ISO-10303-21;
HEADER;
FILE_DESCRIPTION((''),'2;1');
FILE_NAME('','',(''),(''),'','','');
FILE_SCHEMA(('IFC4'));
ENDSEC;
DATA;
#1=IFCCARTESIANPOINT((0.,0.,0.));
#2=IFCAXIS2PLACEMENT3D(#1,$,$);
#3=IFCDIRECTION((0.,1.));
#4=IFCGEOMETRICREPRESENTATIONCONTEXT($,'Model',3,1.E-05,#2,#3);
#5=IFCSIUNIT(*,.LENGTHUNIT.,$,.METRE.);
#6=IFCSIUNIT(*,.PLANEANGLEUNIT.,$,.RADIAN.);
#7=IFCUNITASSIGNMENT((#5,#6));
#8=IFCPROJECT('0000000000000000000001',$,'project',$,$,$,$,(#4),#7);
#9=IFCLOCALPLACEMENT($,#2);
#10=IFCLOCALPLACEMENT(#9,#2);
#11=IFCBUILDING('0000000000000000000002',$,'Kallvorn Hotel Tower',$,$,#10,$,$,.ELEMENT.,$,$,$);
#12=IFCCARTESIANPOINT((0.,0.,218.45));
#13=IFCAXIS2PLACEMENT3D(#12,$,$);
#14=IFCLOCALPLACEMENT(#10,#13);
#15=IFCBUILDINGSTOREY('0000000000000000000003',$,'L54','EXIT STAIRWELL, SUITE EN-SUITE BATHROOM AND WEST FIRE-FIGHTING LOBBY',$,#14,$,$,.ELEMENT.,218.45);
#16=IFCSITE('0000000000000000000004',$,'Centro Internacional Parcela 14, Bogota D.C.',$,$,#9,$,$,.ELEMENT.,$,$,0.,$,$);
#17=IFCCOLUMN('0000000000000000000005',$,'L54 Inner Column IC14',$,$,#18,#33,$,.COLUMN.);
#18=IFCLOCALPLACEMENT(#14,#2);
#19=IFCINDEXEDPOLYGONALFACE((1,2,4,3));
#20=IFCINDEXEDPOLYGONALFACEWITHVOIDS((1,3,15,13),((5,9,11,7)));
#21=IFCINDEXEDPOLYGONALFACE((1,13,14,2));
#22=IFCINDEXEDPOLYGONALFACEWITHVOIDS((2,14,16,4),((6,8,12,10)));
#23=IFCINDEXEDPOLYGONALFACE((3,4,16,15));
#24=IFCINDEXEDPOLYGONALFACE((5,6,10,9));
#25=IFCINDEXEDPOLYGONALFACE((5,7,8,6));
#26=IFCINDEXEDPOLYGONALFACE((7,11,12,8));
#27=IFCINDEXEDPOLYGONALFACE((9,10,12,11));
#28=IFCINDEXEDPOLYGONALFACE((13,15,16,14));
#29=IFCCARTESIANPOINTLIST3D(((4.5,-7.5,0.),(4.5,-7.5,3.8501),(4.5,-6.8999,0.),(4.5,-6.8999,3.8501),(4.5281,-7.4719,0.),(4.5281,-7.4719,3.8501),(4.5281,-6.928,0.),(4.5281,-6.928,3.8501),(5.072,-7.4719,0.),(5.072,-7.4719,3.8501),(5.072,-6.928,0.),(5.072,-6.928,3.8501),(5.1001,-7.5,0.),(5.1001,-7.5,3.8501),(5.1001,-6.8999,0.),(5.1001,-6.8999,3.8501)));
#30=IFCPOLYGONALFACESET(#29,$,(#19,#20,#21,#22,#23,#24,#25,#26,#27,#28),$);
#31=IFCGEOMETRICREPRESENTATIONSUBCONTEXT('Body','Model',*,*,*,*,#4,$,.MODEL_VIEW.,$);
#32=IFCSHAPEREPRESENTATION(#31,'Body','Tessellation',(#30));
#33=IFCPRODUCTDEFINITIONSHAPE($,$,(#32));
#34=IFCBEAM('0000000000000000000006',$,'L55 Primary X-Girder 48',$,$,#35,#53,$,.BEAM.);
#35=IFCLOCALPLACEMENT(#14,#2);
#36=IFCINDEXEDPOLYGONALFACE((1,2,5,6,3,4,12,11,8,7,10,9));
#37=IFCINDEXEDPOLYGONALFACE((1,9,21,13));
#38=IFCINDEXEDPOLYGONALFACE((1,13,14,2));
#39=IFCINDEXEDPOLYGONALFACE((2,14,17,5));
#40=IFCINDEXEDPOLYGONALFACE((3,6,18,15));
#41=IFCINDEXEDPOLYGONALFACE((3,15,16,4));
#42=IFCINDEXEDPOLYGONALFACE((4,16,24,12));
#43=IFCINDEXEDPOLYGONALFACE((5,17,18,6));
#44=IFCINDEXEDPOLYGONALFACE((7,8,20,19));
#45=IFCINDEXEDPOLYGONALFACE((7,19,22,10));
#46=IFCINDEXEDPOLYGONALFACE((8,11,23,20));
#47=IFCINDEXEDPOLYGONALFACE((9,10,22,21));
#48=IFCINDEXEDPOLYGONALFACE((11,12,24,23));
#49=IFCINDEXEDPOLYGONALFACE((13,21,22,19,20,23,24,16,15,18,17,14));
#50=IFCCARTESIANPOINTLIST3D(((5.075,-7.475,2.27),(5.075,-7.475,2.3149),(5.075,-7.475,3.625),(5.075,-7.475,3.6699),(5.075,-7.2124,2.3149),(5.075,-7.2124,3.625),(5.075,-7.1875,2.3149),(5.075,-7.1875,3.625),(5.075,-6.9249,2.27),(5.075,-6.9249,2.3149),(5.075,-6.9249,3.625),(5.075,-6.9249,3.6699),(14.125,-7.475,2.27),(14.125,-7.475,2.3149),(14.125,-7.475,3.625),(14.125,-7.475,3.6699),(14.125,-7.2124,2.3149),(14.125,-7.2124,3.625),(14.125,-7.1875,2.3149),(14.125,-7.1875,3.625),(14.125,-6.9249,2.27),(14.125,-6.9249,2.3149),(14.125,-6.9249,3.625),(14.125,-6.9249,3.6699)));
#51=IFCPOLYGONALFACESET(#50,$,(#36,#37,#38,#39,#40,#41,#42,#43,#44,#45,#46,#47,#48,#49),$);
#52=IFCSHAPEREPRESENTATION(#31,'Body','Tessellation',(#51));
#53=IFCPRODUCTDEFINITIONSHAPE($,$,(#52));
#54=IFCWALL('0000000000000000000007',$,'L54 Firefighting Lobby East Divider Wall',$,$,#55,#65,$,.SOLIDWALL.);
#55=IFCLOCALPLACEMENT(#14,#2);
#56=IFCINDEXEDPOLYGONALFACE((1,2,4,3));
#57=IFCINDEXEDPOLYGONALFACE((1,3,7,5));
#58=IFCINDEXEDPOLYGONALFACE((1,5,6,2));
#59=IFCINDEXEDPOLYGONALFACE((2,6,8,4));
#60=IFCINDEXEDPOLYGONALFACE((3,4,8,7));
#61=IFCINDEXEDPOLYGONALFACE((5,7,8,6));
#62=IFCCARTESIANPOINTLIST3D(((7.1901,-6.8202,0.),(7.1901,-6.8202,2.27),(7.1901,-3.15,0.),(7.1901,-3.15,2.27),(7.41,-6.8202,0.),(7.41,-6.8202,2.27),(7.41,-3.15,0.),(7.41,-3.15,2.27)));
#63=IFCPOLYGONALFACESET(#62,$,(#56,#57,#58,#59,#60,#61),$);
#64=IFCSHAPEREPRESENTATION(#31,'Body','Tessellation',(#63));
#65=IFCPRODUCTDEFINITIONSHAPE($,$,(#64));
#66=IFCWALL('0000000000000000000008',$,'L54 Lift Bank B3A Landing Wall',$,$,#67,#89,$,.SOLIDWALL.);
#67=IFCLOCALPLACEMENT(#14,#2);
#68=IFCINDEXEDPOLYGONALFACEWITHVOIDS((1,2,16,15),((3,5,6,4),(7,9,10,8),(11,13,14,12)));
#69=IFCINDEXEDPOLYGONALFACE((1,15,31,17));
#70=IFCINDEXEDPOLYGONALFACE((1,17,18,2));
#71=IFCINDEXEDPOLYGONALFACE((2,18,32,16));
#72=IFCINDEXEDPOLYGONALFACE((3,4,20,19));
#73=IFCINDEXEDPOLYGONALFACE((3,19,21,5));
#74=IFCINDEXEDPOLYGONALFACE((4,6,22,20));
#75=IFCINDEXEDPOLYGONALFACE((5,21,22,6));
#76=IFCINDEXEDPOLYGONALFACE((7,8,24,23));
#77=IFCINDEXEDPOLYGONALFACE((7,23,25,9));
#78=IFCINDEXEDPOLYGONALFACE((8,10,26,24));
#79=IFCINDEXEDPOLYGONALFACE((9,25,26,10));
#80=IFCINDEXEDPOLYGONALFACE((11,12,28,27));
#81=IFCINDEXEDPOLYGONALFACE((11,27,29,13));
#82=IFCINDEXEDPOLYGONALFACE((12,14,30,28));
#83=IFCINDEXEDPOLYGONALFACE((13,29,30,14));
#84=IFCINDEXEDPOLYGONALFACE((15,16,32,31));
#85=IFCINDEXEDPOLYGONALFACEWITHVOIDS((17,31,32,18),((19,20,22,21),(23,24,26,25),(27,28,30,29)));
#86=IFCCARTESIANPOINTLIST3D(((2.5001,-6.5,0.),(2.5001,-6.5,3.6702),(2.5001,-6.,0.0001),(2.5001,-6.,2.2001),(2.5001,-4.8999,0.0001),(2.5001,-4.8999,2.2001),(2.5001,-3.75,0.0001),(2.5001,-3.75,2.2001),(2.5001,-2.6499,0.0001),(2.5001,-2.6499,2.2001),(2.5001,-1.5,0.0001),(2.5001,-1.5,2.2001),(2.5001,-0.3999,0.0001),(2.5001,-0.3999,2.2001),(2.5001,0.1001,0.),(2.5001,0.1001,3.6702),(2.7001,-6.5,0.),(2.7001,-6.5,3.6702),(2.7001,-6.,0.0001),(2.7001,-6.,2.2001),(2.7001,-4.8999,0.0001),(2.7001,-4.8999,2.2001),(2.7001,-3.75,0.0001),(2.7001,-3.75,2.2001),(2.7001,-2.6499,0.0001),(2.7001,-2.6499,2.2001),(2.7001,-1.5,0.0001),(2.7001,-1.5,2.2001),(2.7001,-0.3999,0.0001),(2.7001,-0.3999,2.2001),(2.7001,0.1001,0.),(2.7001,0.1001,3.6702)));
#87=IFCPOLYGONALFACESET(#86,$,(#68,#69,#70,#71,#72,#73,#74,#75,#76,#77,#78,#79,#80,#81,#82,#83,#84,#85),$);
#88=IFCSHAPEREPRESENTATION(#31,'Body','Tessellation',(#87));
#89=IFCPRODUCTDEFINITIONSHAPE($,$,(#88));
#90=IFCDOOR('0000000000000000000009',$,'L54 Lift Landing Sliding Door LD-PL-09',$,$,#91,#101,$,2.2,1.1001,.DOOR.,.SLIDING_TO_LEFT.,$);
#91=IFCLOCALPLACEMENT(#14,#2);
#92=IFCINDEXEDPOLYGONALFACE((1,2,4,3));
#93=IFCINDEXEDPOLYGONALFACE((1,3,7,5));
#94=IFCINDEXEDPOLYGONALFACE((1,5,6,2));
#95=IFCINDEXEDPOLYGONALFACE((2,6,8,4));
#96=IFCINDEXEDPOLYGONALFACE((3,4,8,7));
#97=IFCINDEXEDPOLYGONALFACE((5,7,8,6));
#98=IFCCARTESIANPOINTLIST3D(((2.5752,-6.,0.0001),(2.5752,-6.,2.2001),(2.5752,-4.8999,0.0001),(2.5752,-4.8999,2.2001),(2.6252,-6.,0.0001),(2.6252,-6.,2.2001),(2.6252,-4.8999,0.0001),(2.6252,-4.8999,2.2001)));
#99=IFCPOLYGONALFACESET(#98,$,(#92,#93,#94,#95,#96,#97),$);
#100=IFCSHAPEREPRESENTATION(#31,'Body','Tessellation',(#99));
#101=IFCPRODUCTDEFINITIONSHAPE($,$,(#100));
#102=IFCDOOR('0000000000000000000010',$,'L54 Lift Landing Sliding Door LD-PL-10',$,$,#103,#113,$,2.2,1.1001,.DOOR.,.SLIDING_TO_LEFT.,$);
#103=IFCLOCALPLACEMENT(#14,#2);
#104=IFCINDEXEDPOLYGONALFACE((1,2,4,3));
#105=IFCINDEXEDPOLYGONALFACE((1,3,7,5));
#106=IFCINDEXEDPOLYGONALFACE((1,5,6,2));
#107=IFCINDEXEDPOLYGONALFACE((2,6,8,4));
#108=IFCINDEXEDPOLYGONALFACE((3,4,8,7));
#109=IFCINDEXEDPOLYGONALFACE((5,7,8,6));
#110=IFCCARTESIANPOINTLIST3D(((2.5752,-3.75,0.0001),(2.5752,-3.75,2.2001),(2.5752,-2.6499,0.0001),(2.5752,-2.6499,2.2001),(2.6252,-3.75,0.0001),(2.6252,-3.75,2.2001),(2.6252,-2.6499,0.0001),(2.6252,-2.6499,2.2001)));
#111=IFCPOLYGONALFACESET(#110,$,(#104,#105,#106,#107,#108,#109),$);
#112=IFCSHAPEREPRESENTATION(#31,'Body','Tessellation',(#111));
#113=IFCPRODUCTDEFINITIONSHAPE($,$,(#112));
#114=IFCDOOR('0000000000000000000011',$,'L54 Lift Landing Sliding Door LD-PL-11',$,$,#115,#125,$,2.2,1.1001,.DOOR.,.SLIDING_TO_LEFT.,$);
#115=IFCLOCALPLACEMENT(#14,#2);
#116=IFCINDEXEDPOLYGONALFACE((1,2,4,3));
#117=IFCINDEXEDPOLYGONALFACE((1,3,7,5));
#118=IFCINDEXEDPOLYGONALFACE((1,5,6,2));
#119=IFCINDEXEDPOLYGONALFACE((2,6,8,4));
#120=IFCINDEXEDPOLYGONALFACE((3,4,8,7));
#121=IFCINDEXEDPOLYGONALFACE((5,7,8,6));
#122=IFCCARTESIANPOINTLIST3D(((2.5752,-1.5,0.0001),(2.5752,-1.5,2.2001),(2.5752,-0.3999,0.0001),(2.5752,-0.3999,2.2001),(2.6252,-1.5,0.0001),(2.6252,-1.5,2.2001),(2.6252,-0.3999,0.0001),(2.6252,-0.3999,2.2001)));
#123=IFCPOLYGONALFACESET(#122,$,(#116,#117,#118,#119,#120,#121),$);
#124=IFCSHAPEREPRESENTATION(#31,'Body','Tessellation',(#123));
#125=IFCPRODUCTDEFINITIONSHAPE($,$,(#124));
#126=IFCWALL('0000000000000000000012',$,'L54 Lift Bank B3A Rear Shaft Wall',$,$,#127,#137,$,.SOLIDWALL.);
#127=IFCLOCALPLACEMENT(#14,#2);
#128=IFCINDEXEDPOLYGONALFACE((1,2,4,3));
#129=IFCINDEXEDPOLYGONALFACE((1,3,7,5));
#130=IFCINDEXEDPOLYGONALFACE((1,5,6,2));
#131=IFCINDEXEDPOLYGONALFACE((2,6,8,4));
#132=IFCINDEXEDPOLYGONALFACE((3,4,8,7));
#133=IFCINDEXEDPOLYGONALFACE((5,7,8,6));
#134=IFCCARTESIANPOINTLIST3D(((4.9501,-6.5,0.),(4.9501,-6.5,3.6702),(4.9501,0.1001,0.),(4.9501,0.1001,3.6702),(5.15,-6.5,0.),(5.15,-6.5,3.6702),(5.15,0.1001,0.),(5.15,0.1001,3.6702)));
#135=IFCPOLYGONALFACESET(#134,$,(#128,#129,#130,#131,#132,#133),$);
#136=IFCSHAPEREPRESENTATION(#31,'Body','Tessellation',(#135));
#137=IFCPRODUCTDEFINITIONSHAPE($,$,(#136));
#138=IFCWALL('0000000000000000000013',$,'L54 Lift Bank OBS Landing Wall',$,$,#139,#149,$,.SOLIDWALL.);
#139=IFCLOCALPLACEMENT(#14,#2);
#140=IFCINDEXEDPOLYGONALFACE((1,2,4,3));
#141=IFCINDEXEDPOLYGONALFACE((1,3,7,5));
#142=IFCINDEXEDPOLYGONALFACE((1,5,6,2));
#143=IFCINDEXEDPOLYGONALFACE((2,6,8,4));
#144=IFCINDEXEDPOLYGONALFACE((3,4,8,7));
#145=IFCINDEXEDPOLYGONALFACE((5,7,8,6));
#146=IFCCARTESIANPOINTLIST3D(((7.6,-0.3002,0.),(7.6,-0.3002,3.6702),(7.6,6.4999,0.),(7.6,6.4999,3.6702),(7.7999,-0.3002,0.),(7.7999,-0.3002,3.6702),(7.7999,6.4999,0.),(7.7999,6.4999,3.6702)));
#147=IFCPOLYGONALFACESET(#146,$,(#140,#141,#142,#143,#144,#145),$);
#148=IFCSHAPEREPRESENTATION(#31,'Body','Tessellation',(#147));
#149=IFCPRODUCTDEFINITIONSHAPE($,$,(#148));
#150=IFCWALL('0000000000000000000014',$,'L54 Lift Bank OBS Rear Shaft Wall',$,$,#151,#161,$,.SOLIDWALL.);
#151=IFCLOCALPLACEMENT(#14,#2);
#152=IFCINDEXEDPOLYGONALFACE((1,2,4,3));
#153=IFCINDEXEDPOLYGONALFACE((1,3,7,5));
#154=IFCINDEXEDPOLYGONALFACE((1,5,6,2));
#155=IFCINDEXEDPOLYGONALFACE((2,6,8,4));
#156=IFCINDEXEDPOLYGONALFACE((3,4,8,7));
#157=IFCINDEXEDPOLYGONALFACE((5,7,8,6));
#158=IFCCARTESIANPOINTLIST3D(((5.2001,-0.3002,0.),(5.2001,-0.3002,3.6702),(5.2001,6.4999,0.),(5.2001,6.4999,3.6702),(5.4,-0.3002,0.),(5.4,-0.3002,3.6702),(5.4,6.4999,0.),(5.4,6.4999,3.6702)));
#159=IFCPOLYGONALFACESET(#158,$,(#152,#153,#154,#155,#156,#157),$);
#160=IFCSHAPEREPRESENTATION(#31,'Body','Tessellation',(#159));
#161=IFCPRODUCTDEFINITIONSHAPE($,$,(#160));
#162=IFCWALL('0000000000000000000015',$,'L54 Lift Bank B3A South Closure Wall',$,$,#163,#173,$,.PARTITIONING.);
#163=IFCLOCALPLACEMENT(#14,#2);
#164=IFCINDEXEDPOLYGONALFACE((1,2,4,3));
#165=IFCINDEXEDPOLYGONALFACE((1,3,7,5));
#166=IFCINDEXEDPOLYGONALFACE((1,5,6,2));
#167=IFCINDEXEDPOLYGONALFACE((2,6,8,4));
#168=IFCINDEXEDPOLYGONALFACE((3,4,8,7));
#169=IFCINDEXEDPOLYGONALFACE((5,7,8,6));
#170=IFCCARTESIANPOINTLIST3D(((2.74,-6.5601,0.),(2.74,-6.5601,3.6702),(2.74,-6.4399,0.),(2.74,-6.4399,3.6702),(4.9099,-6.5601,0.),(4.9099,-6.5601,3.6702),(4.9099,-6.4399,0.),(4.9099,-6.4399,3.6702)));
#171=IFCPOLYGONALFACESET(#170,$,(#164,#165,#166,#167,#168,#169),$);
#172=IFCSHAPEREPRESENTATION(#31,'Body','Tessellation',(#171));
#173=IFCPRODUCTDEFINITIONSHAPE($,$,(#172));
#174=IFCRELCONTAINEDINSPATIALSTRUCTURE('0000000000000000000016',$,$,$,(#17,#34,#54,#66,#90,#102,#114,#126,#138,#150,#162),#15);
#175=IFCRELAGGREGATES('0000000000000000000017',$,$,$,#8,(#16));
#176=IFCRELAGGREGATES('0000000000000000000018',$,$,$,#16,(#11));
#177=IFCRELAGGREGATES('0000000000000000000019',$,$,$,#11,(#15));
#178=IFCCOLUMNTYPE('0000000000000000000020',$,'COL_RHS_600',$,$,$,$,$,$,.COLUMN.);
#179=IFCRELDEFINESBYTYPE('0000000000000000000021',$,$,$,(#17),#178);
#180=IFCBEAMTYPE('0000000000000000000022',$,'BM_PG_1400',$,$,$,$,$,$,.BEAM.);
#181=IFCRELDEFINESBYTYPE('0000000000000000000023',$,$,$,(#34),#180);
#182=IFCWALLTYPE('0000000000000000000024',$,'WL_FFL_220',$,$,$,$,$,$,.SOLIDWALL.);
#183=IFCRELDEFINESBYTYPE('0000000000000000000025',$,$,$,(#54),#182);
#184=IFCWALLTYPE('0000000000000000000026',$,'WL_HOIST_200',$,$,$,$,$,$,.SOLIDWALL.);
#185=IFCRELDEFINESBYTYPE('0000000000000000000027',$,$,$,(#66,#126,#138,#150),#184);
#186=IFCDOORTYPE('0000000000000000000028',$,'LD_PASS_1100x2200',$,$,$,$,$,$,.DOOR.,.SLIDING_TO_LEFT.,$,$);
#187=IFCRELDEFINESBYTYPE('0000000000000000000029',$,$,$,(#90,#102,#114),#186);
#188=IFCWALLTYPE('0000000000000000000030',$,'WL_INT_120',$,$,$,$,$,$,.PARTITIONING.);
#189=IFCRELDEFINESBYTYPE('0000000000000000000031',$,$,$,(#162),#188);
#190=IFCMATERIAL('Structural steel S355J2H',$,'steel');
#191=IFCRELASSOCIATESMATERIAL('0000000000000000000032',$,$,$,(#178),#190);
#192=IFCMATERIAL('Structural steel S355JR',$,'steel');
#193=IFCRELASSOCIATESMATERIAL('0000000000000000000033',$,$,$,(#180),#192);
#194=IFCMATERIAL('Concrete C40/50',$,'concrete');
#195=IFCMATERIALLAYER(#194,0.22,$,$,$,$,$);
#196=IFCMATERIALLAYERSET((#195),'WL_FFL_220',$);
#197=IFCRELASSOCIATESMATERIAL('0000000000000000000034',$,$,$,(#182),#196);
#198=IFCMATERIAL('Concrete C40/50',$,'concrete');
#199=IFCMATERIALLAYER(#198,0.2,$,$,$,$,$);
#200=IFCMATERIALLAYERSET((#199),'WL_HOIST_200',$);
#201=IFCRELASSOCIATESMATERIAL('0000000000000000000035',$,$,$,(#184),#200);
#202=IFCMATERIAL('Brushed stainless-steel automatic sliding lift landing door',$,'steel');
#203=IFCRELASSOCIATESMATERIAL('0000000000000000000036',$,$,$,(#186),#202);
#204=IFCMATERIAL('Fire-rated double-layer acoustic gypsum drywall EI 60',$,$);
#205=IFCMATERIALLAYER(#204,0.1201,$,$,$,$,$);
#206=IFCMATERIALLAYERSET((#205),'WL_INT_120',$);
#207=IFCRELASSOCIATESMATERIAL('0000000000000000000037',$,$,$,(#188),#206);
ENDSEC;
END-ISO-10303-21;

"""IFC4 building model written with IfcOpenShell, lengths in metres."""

from ifc_helpers import new_model, si_unit, direction, frame, frame_2d, origin, origin_2d, place, context, subcontext, project, spatial, rectangle, hollow_rectangle, i_section, extrude, material, layer, layer_set, material_profile, profile_set, type_object, element, fill, save


model = new_model("IFC4")

# Units and contexts
model_context = context("Model", 3, precision=1e-05, world=origin(), true_north=direction((0.0, 1.0)))
body_context = subcontext(model_context, "Body", "Model", "MODEL_VIEW")
ifc_project = project(units=[si_unit("LENGTHUNIT", "METRE"), si_unit("PLANEANGLEUNIT", "RADIAN")], contexts=[model_context])

# Site, building, storey
site_placement = place(None, origin())
site = spatial("IfcSite", under=ifc_project, at=site_placement, Name="Centro Internacional Parcela 14, Bogota D.C.", CompositionType="ELEMENT", RefElevation=0.0)
building_placement = place(site_placement, origin())
building = spatial("IfcBuilding", under=site, at=building_placement, Name="Kallvorn Hotel Tower", CompositionType="ELEMENT")
storey_placement = place(building_placement, frame((0.0, 0.0, 218.45)))
storey = spatial("IfcBuildingStorey", under=building, at=storey_placement, Name="L54", Description="EXIT STAIRWELL, SUITE EN-SUITE BATHROOM AND WEST FIRE-FIGHTING LOBBY", CompositionType="ELEMENT", Elevation=218.45)

# Column
ifc_material_1 = material(Name="Structural steel S355J2H", Category="steel")
ifc_material_profile_1 = material_profile(ifc_material_1, hollow_rectangle(XDim=0.6001, YDim=0.6001, WallThickness=0.0281, at=origin_2d()), Name="RHS 600x600x28")
ifc_profile_set_1 = profile_set([ifc_material_profile_1], Name="Structural steel S355J2H")
column_type = type_object("IfcColumnType", Name="COL_RHS_600", PredefinedType="COLUMN", material=ifc_profile_set_1)
column_placement = place(storey_placement, frame((4.8, -7.2, 0.0), z_axis=(0.0, 0.0, 1.0), x_axis=(1.0, 0.0, 0.0)))
element("IfcColumn", 1, at=column_placement, inside=storey, type_object=column_type, Name="L54 Inner Column IC14", PredefinedType="COLUMN", context=body_context, shape_type="SweptSolid", body=[
    extrude(hollow_rectangle(XDim=0.6001, YDim=0.6001, WallThickness=0.0281, at=origin_2d()), origin(), (0.0, 0.0, 1.0), 3.8501),
])

# Beam
ifc_material_2 = material(Name="Structural steel S355JR", Category="steel")
ifc_material_profile_2 = material_profile(ifc_material_2, i_section(OverallWidth=0.55, OverallDepth=1.3999, WebThickness=0.0249, FlangeThickness=0.0449, at=origin_2d()), Name="PG 1400x550x25x45")
ifc_profile_set_2 = profile_set([ifc_material_profile_2], Name="Structural steel S355JR")
beam_type = type_object("IfcBeamType", Name="BM_PG_1400", PredefinedType="BEAM", material=ifc_profile_set_2)
beam_placement = place(storey_placement, frame((5.075, -7.2, 2.97), z_axis=(1.0, 0.0, 0.0), x_axis=(0.0, 1.0, 0.0)))
element("IfcBeam", 2, at=beam_placement, inside=storey, type_object=beam_type, Name="L55 Primary X-Girder 48", PredefinedType="BEAM", context=body_context, shape_type="SweptSolid", body=[
    extrude(i_section(OverallWidth=0.55, OverallDepth=1.3999, WebThickness=0.0249, FlangeThickness=0.0449, at=origin_2d()), origin(), (0.0, 0.0, 1.0), 9.05),
])

# Wall
ifc_material_3 = material(Name="Concrete C40/50", Category="concrete")
ifc_layer_1 = layer(ifc_material_3, 0.22)
ifc_layer_set_1 = layer_set([ifc_layer_1], Name="WL_FFL_220")
wall_type_1 = type_object("IfcWallType", Name="WL_FFL_220", PredefinedType="SOLIDWALL", material=ifc_layer_set_1)
wall_1_placement = place(storey_placement, frame((7.3, -6.8201, 0.0), z_axis=(0.0, 0.0, 1.0), x_axis=(0.0, 1.0, 0.0)))
element("IfcWall", 3, at=wall_1_placement, inside=storey, type_object=wall_type_1, Name="L54 Firefighting Lobby East Divider Wall", PredefinedType="SOLIDWALL", context=body_context, shape_type="SweptSolid", body=[
    extrude(rectangle(XDim=3.6702, YDim=0.22, at=frame_2d((1.835, 0.0))), origin(), (0.0, 0.0, 1.0), 2.27),
])

# Wall, openings, doors
ifc_material_4 = material(Name="Concrete C40/50", Category="concrete")
ifc_layer_2 = layer(ifc_material_4, 0.2)
ifc_layer_set_2 = layer_set([ifc_layer_2], Name="WL_HOIST_200")
wall_type_2 = type_object("IfcWallType", Name="WL_HOIST_200", PredefinedType="SOLIDWALL", material=ifc_layer_set_2)
wall_2_placement = place(storey_placement, frame((2.6001, -6.5, 0.0), z_axis=(0.0, 0.0, 1.0), x_axis=(0.0, 1.0, 0.0)))
wall_2 = element("IfcWall", 4, at=wall_2_placement, inside=storey, type_object=wall_type_2, Name="L54 Lift Bank B3A Landing Wall", PredefinedType="SOLIDWALL", context=body_context, shape_type="SweptSolid", body=[
    extrude(rectangle(XDim=6.6001, YDim=0.2, at=frame_2d((3.3, 0.0))), origin(), (0.0, 0.0, 1.0), 3.6702),
])
opening_1_placement = place(wall_2_placement, frame((0.5, 0.0, 0.0)))
opening_1 = element("IfcOpeningElement", 5, at=opening_1_placement, cuts=wall_2, PredefinedType="OPENING", context=body_context, shape_type="SweptSolid", body=[
    extrude(rectangle(XDim=1.1001, YDim=2.2, at=frame_2d((0.55, 1.1001))), frame((0.0, 0.115, 0.0), z_axis=(0.0, -1.0, 0.0), x_axis=(1.0, 0.0, 0.0)), (0.0, 0.0, 1.0), 0.23),
])
opening_2_placement = place(wall_2_placement, frame((2.75, 0.0, 0.0)))
opening_2 = element("IfcOpeningElement", 6, at=opening_2_placement, cuts=wall_2, PredefinedType="OPENING", context=body_context, shape_type="SweptSolid", body=[
    extrude(rectangle(XDim=1.1001, YDim=2.2, at=frame_2d((0.55, 1.1001))), frame((0.0, 0.115, 0.0), z_axis=(0.0, -1.0, 0.0), x_axis=(1.0, 0.0, 0.0)), (0.0, 0.0, 1.0), 0.23),
])
opening_3_placement = place(wall_2_placement, frame((5.0, 0.0, 0.0)))
opening_3 = element("IfcOpeningElement", 7, at=opening_3_placement, cuts=wall_2, PredefinedType="OPENING", context=body_context, shape_type="SweptSolid", body=[
    extrude(rectangle(XDim=1.1001, YDim=2.2, at=frame_2d((0.55, 1.1001))), frame((0.0, 0.115, 0.0), z_axis=(0.0, -1.0, 0.0), x_axis=(1.0, 0.0, 0.0)), (0.0, 0.0, 1.0), 0.23),
])
ifc_material_5 = material(Name="Brushed stainless-steel automatic sliding lift landing door", Category="steel")
door_type_1 = type_object("IfcDoorType", Name="LD_PASS_1100x2200", OperationType="SLIDING_TO_LEFT", PredefinedType="DOOR", material=ifc_material_5)
door_1_placement = place(opening_1_placement, origin())
door_1 = element("IfcDoor", 8, at=door_1_placement, inside=storey, type_object=door_type_1, Name="L54 Lift Landing Sliding Door LD-PL-09", OperationType="SLIDING_TO_LEFT", OverallHeight=2.2, OverallWidth=1.1001, PredefinedType="DOOR", context=body_context, shape_type="SweptSolid", body=[
    extrude(rectangle(XDim=1.1001, YDim=2.2, at=frame_2d((0.55, 1.1001))), frame((0.0, 0.0249, 0.0), z_axis=(0.0, -1.0, 0.0), x_axis=(1.0, 0.0, 0.0)), (0.0, 0.0, 1.0), 0.05),
])
fill(opening_1, door_1)
door_2_placement = place(opening_2_placement, origin())
door_2 = element("IfcDoor", 9, at=door_2_placement, inside=storey, type_object=door_type_1, Name="L54 Lift Landing Sliding Door LD-PL-10", OperationType="SLIDING_TO_LEFT", OverallHeight=2.2, OverallWidth=1.1001, PredefinedType="DOOR", context=body_context, shape_type="SweptSolid", body=[
    extrude(rectangle(XDim=1.1001, YDim=2.2, at=frame_2d((0.55, 1.1001))), frame((0.0, 0.0249, 0.0), z_axis=(0.0, -1.0, 0.0), x_axis=(1.0, 0.0, 0.0)), (0.0, 0.0, 1.0), 0.05),
])
fill(opening_2, door_2)
door_3_placement = place(opening_3_placement, origin())
door_3 = element("IfcDoor", 10, at=door_3_placement, inside=storey, type_object=door_type_1, Name="L54 Lift Landing Sliding Door LD-PL-11", OperationType="SLIDING_TO_LEFT", OverallHeight=2.2, OverallWidth=1.1001, PredefinedType="DOOR", context=body_context, shape_type="SweptSolid", body=[
    extrude(rectangle(XDim=1.1001, YDim=2.2, at=frame_2d((0.55, 1.1001))), frame((0.0, 0.0249, 0.0), z_axis=(0.0, -1.0, 0.0), x_axis=(1.0, 0.0, 0.0)), (0.0, 0.0, 1.0), 0.05),
])
fill(opening_3, door_3)

# Walls
wall_3_placement = place(storey_placement, frame((5.05, -6.5, 0.0), z_axis=(0.0, 0.0, 1.0), x_axis=(0.0, 1.0, 0.0)))
element("IfcWall", 11, at=wall_3_placement, inside=storey, type_object=wall_type_2, Name="L54 Lift Bank B3A Rear Shaft Wall", PredefinedType="SOLIDWALL", context=body_context, shape_type="SweptSolid", body=[
    extrude(rectangle(XDim=6.6001, YDim=0.2, at=frame_2d((3.3, 0.0))), origin(), (0.0, 0.0, 1.0), 3.6702),
])
for number, where, z_axis, x_axis, name in (
    (12, (7.7, -0.3, 0.0), (0.0, 0.0, 1.0), (0.0, 1.0, 0.0), "L54 Lift Bank OBS Landing Wall"),
    (13, (5.3, -0.3, 0.0), (0.0, 0.0, 1.0), (0.0, 1.0, 0.0), "L54 Lift Bank OBS Rear Shaft Wall"),
):
    element("IfcWall", number, at=place(storey_placement, frame(where, z_axis=z_axis, x_axis=x_axis)), inside=storey, type_object=wall_type_2, Name=name, PredefinedType="SOLIDWALL", context=body_context, shape_type="SweptSolid", body=[
        extrude(rectangle(XDim=6.8, YDim=0.2, at=frame_2d((3.3999, 0.0))), origin(), (0.0, 0.0, 1.0), 3.6702),
    ])
ifc_material_6 = material(Name="Fire-rated double-layer acoustic gypsum drywall EI 60")
ifc_layer_3 = layer(ifc_material_6, 0.1201)
ifc_layer_set_3 = layer_set([ifc_layer_3], Name="WL_INT_120")
wall_type_3 = type_object("IfcWallType", Name="WL_INT_120", PredefinedType="PARTITIONING", material=ifc_layer_set_3)
for number, where, z_axis, x_axis, name in (
    (14, (2.74, -6.5, 0.0), (0.0, 0.0, 1.0), (1.0, 0.0, 0.0), "L54 Lift Bank B3A South Closure Wall"),
):
    element("IfcWall", number, at=place(storey_placement, frame(where, z_axis=z_axis, x_axis=x_axis)), inside=storey, type_object=wall_type_3, Name=name, PredefinedType="PARTITIONING", context=body_context, shape_type="SweptSolid", body=[
        extrude(rectangle(XDim=2.1699, YDim=0.1201, at=frame_2d((1.085, 0.0))), origin(), (0.0, 0.0, 1.0), 3.6702),
    ])

save(model, "model.ifc")
